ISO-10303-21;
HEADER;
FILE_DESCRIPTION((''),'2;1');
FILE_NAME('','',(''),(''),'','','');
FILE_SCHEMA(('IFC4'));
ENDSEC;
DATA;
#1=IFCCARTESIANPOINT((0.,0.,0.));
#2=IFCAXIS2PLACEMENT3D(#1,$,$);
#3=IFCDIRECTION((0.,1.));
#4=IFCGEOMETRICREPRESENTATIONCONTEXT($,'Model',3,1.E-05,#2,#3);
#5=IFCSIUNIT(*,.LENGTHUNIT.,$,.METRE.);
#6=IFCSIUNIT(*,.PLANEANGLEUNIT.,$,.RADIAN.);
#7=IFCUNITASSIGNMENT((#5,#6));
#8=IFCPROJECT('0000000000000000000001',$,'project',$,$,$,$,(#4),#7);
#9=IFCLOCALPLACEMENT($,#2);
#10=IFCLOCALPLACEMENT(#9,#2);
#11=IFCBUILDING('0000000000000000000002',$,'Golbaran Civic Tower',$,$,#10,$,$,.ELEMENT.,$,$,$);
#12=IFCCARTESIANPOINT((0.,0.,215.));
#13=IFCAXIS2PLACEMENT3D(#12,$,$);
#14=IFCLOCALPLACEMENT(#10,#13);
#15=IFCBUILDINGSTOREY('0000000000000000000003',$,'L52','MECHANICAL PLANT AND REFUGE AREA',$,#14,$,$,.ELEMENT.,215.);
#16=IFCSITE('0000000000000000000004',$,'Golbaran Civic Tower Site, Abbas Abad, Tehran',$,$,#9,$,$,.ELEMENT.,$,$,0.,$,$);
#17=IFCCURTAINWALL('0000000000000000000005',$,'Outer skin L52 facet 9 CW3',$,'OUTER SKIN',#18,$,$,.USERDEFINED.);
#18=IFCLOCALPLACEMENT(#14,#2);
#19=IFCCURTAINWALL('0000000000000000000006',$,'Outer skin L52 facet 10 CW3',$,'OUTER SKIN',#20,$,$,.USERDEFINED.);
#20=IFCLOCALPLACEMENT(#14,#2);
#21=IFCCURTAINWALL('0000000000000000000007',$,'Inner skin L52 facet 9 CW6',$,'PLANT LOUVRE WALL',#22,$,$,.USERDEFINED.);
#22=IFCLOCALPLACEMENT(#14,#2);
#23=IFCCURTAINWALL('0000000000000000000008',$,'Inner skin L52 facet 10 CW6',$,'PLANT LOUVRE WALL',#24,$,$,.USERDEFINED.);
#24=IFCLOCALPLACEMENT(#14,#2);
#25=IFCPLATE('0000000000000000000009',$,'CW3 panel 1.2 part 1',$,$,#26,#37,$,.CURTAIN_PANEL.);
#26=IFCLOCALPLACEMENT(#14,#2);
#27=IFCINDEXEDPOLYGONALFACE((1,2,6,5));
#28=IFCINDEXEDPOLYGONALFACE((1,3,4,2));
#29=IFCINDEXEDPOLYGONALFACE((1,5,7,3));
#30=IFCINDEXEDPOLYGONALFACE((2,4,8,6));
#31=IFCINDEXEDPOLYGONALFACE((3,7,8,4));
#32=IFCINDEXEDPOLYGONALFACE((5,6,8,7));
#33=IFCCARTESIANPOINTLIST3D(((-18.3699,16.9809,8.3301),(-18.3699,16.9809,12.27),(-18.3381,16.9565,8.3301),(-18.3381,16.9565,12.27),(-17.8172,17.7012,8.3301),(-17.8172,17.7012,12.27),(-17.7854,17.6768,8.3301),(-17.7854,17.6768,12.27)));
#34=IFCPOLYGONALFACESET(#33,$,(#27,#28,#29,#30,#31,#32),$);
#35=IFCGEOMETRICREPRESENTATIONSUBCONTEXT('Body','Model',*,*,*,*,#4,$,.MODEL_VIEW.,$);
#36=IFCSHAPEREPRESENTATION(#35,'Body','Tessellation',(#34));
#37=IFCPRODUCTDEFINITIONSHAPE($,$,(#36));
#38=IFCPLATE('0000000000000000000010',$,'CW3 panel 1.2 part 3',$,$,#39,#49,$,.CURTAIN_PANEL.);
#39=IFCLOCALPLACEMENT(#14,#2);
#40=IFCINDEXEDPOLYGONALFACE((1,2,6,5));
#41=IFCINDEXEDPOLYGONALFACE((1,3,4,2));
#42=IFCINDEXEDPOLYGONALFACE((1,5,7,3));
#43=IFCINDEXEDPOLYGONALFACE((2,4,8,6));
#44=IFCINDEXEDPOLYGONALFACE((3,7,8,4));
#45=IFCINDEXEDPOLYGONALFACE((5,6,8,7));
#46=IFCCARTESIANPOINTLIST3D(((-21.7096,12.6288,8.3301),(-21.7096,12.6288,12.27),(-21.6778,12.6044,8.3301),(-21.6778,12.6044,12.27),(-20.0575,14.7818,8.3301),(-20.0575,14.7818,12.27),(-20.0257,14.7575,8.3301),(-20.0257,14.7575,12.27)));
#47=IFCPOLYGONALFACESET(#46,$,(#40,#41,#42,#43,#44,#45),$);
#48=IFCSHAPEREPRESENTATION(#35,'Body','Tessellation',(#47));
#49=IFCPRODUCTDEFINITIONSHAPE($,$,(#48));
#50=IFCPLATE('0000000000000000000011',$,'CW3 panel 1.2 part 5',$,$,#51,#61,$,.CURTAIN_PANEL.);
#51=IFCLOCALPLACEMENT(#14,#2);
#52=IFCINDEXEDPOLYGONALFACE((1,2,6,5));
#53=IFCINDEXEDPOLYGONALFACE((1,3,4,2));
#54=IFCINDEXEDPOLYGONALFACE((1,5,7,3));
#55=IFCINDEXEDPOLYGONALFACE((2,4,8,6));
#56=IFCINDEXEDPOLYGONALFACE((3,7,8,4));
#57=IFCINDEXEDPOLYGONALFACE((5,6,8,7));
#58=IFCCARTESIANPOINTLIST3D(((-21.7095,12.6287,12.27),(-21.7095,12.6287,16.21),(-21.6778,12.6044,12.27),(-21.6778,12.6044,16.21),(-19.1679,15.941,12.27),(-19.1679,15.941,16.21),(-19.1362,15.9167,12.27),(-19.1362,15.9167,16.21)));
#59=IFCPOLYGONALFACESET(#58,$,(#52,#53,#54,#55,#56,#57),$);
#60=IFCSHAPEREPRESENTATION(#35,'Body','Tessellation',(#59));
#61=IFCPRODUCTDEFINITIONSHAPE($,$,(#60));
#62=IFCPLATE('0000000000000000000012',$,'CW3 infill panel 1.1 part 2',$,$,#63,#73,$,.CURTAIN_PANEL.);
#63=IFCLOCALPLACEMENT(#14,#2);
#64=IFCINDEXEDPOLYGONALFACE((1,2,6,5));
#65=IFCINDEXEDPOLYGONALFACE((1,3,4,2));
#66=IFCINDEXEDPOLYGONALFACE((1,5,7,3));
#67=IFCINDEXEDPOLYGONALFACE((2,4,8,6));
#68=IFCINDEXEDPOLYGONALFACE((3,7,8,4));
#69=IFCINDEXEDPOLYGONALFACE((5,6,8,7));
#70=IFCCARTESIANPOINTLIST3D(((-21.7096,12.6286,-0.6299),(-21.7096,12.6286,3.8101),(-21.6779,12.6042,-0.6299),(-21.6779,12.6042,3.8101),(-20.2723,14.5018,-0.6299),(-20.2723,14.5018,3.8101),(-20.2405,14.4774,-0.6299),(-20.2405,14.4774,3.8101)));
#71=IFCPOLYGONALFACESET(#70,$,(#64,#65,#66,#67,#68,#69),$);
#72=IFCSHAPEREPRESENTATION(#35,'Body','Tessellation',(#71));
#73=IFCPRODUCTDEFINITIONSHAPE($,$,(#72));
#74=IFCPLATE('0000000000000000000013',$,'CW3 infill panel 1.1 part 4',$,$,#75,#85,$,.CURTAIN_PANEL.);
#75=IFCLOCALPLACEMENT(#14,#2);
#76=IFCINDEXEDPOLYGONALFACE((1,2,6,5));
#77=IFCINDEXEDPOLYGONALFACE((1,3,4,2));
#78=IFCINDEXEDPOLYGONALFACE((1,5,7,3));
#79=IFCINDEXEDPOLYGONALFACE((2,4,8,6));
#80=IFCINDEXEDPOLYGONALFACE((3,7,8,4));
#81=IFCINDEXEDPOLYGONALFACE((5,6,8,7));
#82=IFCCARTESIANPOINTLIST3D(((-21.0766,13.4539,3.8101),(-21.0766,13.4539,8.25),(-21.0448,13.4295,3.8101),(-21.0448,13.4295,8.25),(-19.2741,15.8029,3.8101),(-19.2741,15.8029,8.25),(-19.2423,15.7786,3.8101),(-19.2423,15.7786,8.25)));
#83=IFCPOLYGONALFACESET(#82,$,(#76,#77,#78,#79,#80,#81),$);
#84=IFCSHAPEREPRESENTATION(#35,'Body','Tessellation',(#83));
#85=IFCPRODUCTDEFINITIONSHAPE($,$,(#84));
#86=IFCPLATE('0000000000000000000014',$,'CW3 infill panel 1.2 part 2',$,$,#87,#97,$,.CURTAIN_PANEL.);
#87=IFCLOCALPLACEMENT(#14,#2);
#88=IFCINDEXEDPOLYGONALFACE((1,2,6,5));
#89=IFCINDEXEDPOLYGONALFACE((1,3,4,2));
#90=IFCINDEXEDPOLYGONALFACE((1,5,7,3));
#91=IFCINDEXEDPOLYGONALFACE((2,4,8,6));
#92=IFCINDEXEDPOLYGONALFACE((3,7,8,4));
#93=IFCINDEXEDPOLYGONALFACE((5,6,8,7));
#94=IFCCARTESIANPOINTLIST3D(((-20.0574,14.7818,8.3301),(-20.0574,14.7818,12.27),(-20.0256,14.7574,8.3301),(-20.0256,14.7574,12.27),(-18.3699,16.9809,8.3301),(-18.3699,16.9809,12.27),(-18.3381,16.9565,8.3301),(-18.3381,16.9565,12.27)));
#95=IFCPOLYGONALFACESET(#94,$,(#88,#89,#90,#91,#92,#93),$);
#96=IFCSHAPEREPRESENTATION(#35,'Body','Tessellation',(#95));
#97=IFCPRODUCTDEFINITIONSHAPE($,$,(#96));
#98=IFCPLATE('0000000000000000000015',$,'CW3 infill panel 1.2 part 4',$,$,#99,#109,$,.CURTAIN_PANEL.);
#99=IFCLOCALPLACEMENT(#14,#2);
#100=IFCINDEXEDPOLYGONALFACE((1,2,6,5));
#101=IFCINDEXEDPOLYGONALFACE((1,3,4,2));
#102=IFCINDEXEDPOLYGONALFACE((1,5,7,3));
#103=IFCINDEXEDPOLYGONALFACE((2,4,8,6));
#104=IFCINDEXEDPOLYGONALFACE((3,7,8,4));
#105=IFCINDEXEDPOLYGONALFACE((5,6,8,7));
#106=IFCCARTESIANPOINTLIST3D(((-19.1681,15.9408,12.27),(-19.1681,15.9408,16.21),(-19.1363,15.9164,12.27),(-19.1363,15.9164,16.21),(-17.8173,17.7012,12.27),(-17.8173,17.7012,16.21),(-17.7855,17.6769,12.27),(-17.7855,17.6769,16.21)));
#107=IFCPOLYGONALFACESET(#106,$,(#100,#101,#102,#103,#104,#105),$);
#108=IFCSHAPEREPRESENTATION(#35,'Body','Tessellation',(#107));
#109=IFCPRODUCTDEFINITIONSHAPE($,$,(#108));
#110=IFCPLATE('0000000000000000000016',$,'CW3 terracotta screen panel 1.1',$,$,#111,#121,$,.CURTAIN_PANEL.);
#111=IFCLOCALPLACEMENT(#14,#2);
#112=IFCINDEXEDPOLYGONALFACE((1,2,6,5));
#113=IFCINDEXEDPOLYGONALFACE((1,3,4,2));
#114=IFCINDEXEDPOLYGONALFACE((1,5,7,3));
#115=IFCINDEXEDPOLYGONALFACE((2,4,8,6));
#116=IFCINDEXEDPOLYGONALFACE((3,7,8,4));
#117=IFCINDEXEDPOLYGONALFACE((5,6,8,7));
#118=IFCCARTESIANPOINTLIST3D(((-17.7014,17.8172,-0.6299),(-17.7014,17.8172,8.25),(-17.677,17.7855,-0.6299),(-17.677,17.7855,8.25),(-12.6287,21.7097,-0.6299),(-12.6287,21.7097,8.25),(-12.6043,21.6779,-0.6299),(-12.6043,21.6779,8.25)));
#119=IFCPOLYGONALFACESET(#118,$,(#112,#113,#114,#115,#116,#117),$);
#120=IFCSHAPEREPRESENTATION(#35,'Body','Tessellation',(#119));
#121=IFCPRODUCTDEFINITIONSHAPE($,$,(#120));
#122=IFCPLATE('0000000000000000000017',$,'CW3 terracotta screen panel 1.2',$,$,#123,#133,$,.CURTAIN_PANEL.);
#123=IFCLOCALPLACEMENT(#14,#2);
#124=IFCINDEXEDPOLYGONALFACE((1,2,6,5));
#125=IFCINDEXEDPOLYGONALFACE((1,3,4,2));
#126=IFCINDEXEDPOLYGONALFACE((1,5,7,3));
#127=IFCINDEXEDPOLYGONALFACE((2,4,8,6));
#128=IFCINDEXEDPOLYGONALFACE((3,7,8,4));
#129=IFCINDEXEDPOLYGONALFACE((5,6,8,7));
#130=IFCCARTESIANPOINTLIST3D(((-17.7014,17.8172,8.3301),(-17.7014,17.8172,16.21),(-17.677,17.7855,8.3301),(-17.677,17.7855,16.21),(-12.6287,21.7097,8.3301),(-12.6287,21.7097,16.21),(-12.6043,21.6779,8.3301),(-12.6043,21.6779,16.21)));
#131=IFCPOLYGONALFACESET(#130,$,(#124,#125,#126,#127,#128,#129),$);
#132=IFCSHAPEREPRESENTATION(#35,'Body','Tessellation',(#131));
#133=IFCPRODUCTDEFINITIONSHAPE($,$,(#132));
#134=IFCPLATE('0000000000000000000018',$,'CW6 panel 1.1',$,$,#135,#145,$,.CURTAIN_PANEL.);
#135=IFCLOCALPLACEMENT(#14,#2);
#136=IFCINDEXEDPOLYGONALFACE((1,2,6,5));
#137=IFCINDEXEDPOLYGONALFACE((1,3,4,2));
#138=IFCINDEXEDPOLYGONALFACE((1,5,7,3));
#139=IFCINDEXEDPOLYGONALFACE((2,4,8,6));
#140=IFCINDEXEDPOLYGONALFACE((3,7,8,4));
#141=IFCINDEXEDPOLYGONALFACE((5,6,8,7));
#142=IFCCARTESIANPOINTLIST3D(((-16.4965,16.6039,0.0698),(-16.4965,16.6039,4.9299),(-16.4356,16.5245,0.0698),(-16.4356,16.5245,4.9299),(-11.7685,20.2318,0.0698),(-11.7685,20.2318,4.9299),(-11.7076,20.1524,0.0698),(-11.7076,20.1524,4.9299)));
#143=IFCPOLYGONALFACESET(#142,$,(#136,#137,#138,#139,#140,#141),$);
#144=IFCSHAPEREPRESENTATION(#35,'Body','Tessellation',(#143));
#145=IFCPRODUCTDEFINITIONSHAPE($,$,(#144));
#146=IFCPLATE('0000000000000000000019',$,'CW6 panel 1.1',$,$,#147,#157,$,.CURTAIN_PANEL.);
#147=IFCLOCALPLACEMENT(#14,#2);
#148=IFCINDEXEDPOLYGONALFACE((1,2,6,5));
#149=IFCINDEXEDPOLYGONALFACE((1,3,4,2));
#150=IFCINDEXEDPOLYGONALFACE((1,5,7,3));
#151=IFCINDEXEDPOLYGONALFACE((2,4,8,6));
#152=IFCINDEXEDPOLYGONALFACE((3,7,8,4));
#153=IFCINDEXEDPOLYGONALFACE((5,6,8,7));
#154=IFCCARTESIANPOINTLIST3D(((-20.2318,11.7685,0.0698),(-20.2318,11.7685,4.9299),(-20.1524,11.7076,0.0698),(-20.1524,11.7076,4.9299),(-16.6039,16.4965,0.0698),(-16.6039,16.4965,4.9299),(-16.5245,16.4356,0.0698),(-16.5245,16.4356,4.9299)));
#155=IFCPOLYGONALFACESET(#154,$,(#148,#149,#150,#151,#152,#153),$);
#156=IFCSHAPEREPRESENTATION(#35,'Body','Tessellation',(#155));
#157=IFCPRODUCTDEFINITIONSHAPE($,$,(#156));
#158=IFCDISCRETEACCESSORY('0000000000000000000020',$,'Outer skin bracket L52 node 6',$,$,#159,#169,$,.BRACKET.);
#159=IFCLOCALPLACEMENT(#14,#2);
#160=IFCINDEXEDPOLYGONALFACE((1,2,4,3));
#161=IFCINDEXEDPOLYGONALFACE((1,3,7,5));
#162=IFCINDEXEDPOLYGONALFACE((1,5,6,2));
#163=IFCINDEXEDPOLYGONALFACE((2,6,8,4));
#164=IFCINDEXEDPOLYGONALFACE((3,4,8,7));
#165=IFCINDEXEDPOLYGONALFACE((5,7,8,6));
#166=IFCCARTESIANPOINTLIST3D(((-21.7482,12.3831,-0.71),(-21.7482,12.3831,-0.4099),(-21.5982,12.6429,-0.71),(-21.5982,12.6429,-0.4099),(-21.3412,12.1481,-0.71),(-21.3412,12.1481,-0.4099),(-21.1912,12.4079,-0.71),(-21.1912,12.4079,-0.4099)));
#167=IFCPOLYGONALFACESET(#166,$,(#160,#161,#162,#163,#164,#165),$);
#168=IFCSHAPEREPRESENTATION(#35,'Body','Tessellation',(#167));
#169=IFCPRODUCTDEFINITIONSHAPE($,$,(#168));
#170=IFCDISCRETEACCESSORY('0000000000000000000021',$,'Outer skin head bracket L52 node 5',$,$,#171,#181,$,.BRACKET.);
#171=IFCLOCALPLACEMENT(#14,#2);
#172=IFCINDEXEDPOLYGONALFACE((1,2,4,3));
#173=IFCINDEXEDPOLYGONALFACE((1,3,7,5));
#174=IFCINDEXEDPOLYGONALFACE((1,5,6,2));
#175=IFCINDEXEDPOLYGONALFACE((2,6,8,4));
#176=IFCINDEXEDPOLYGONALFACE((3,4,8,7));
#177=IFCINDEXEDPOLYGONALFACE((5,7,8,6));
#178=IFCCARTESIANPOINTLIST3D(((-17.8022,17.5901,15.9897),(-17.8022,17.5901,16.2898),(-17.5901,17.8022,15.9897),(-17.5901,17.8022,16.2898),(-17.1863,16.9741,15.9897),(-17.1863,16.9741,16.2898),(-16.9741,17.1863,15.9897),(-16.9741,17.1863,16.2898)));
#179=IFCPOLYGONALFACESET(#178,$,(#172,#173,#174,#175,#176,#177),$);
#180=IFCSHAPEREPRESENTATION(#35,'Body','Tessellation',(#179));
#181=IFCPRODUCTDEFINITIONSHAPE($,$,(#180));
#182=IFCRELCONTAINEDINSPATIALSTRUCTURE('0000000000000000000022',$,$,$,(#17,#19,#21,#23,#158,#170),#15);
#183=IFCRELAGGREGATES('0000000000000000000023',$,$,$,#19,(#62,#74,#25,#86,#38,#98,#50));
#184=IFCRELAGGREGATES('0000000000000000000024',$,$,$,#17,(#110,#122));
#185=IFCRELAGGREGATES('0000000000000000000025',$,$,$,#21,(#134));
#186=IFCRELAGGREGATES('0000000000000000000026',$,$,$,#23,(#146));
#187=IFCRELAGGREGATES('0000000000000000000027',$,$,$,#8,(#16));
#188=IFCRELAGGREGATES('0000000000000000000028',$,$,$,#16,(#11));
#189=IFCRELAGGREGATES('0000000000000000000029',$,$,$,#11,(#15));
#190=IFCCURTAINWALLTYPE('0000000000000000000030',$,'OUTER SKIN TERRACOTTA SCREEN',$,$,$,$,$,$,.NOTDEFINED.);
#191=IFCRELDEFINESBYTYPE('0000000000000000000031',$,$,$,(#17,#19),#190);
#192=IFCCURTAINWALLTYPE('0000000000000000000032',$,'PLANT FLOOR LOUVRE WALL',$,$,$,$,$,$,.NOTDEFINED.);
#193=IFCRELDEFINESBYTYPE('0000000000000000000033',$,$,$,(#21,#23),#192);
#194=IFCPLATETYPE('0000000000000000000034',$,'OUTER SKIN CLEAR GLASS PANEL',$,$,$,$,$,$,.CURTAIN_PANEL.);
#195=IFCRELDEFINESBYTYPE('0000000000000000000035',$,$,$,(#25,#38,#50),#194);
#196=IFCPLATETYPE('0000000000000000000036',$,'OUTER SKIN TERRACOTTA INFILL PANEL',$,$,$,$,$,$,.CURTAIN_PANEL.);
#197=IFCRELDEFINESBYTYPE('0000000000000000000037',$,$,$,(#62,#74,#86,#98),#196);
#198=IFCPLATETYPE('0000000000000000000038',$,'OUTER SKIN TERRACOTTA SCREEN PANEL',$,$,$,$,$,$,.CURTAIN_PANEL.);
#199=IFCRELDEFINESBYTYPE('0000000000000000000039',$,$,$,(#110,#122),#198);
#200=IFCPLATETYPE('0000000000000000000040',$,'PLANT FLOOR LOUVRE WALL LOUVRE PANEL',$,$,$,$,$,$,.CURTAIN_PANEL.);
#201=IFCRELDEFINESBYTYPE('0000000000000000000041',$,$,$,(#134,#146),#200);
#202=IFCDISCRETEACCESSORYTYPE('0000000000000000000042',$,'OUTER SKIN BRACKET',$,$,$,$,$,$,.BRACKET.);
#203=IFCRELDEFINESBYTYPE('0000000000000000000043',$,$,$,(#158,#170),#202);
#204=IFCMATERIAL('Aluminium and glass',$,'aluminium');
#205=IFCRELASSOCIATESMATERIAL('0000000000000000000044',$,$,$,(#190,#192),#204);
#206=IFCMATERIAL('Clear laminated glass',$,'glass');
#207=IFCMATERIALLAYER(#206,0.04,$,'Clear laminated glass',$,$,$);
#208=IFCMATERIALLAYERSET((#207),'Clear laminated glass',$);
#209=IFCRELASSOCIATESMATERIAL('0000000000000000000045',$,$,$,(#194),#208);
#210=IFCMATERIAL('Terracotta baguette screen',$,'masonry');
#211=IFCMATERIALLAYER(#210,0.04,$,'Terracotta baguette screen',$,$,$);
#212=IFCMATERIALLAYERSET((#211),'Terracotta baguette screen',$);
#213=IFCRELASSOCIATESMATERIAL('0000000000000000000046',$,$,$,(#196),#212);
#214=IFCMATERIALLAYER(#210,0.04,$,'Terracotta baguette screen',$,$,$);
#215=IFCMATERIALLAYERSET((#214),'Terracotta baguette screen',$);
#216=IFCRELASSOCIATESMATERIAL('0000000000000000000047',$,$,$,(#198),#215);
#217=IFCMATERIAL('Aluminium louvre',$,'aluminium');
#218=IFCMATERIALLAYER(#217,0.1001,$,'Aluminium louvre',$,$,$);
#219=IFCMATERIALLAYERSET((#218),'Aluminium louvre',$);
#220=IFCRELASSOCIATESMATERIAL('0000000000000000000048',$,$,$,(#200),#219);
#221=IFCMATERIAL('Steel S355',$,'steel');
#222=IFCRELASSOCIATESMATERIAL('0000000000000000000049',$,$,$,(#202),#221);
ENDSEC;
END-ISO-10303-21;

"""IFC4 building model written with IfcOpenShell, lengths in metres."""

from ifc_helpers import new_model, si_unit, direction, frame, origin, origin_2d, place, context, subcontext, project, spatial, rectangle, extrude, material, layer, layer_set, type_object, element, aggregate, save


model = new_model("IFC4")

# Units and contexts
model_context = context("Model", 3, precision=1e-05, world=origin(), true_north=direction((0.0, 1.0)))
body_context = subcontext(model_context, "Body", "Model", "MODEL_VIEW")
ifc_project = project(units=[si_unit("LENGTHUNIT", "METRE"), si_unit("PLANEANGLEUNIT", "RADIAN")], contexts=[model_context])

# Site, building, storey
site_placement = place(None, origin())
site = spatial("IfcSite", under=ifc_project, at=site_placement, Name="Golbaran Civic Tower Site, Abbas Abad, Tehran", CompositionType="ELEMENT", RefElevation=0.0)
building_placement = place(site_placement, origin())
building = spatial("IfcBuilding", under=site, at=building_placement, Name="Golbaran Civic Tower", CompositionType="ELEMENT")
storey_placement = place(building_placement, frame((0.0, 0.0, 215.0)))
storey = spatial("IfcBuildingStorey", under=building, at=storey_placement, Name="L52", Description="MECHANICAL PLANT AND REFUGE AREA", CompositionType="ELEMENT", Elevation=215.0)

# Shared definitions
ifc_material_1 = material(Name="Steel S355", Category="steel")

# Curtain walls
ifc_material_2 = material(Name="Aluminium and glass", Category="aluminium")
curtain_wall_type_1 = type_object("IfcCurtainWallType", Name="OUTER SKIN TERRACOTTA SCREEN", PredefinedType="NOTDEFINED", material=ifc_material_2)
curtain_wall_1_placement = place(storey_placement, origin())
curtain_wall_1 = element("IfcCurtainWall", 1, at=curtain_wall_1_placement, inside=storey, type_object=curtain_wall_type_1, Name="Outer skin L52 facet 9 CW3", ObjectType="OUTER SKIN", PredefinedType="USERDEFINED")
curtain_wall_2_placement = place(storey_placement, origin())
curtain_wall_2 = element("IfcCurtainWall", 2, at=curtain_wall_2_placement, inside=storey, type_object=curtain_wall_type_1, Name="Outer skin L52 facet 10 CW3", ObjectType="OUTER SKIN", PredefinedType="USERDEFINED")

# Curtain wall
curtain_wall_type_2 = type_object("IfcCurtainWallType", Name="PLANT FLOOR LOUVRE WALL", PredefinedType="NOTDEFINED", material=ifc_material_2)
curtain_wall_3_placement = place(storey_placement, origin())
curtain_wall_3 = element("IfcCurtainWall", 3, at=curtain_wall_3_placement, inside=storey, type_object=curtain_wall_type_2, Name="Inner skin L52 facet 9 CW6", ObjectType="PLANT LOUVRE WALL", PredefinedType="USERDEFINED")

# Curtain wall
curtain_wall_4_placement = place(storey_placement, origin())
curtain_wall_4 = element("IfcCurtainWall", 4, at=curtain_wall_4_placement, inside=storey, type_object=curtain_wall_type_2, Name="Inner skin L52 facet 10 CW6", ObjectType="PLANT LOUVRE WALL", PredefinedType="USERDEFINED")

# Plates
ifc_material_3 = material(Name="Clear laminated glass", Category="glass")
ifc_layer_1 = layer(ifc_material_3, 0.04, Name="Clear laminated glass")
ifc_layer_set_1 = layer_set([ifc_layer_1], Name="Clear laminated glass")
plate_type_1 = type_object("IfcPlateType", Name="OUTER SKIN CLEAR GLASS PANEL", PredefinedType="CURTAIN_PANEL", material=ifc_layer_set_1)
plate_1_placement = place(storey_placement, frame((-18.0776, 17.3289, 8.3301), z_axis=(0.0, 0.0, 1.0), x_axis=(-0.608761, -0.793353, 0.0)))
plate_1 = element("IfcPlate", 5, at=plate_1_placement, type_object=plate_type_1, Name="CW3 panel 1.2 part 1", PredefinedType="CURTAIN_PANEL", context=body_context, shape_type="SweptSolid", body=[
    extrude(rectangle(XDim=0.908, YDim=0.04, at=origin_2d()), origin(), (0.0, 0.0, 1.0), 3.9399),
])
plate_2_placement = place(storey_placement, frame((-20.8677, 13.6931, 8.3301), z_axis=(0.0, 0.0, 1.0), x_axis=(-0.608761, -0.793353, 0.0)))
plate_2 = element("IfcPlate", 6, at=plate_2_placement, type_object=plate_type_1, Name="CW3 panel 1.2 part 3", PredefinedType="CURTAIN_PANEL", context=body_context, shape_type="SweptSolid", body=[
    extrude(rectangle(XDim=2.7139, YDim=0.04, at=origin_2d()), origin(), (0.0, 0.0, 1.0), 3.9399),
])
plate_3_placement = place(storey_placement, frame((-20.4229, 14.2727, 12.27), z_axis=(0.0, 0.0, 1.0), x_axis=(-0.608761, -0.793353, 0.0)))
plate_3 = element("IfcPlate", 7, at=plate_3_placement, type_object=plate_type_1, Name="CW3 panel 1.2 part 5", PredefinedType="CURTAIN_PANEL", context=body_context, shape_type="SweptSolid", body=[
    extrude(rectangle(XDim=4.175, YDim=0.04, at=origin_2d()), origin(), (0.0, 0.0, 1.0), 3.9399),
])
ifc_material_4 = material(Name="Terracotta baguette screen", Category="masonry")
ifc_layer_2 = layer(ifc_material_4, 0.04, Name="Terracotta baguette screen")
ifc_layer_set_2 = layer_set([ifc_layer_2], Name="Terracotta baguette screen")
plate_type_2 = type_object("IfcPlateType", Name="OUTER SKIN TERRACOTTA INFILL PANEL", PredefinedType="CURTAIN_PANEL", material=ifc_layer_set_2)
plate_4_placement = place(storey_placement, frame((-20.9751, 13.553, -0.6299), z_axis=(0.0, 0.0, 1.0), x_axis=(-0.608761, -0.793353, 0.0)))
plate_4 = element("IfcPlate", 8, at=plate_4_placement, type_object=plate_type_2, Name="CW3 infill panel 1.1 part 2", PredefinedType="CURTAIN_PANEL", context=body_context, shape_type="SweptSolid", body=[
    extrude(rectangle(XDim=2.3611, YDim=0.04, at=origin_2d()), origin(), (0.0, 0.0, 1.0), 4.4399),
])
plate_5_placement = place(storey_placement, frame((-20.1594, 14.6162, 3.8101), z_axis=(0.0, 0.0, 1.0), x_axis=(-0.608761, -0.793353, 0.0)))
plate_5 = element("IfcPlate", 9, at=plate_5_placement, type_object=plate_type_2, Name="CW3 infill panel 1.1 part 4", PredefinedType="CURTAIN_PANEL", context=body_context, shape_type="SweptSolid", body=[
    extrude(rectangle(XDim=2.9609, YDim=0.04, at=origin_2d()), origin(), (0.0, 0.0, 1.0), 4.4399),
])
plate_6_placement = place(storey_placement, frame((-19.1978, 15.8691, 8.3301), z_axis=(0.0, 0.0, 1.0), x_axis=(-0.608761, -0.793353, 0.0)))
plate_6 = element("IfcPlate", 10, at=plate_6_placement, type_object=plate_type_2, Name="CW3 infill panel 1.2 part 2", PredefinedType="CURTAIN_PANEL", context=body_context, shape_type="SweptSolid", body=[
    extrude(rectangle(XDim=2.772, YDim=0.04, at=origin_2d()), origin(), (0.0, 0.0, 1.0), 3.9399),
])
plate_7_placement = place(storey_placement, frame((-18.4768, 16.8088, 12.27), z_axis=(0.0, 0.0, 1.0), x_axis=(-0.608761, -0.793353, 0.0)))
plate_7 = element("IfcPlate", 11, at=plate_7_placement, type_object=plate_type_2, Name="CW3 infill panel 1.2 part 4", PredefinedType="CURTAIN_PANEL", context=body_context, shape_type="SweptSolid", body=[
    extrude(rectangle(XDim=2.219, YDim=0.04, at=origin_2d()), origin(), (0.0, 0.0, 1.0), 3.9399),
])
aggregate(curtain_wall_2, [plate_4, plate_5, plate_1, plate_6, plate_2, plate_7, plate_3])
ifc_layer_3 = layer(ifc_material_4, 0.04, Name="Terracotta baguette screen")
ifc_layer_set_3 = layer_set([ifc_layer_3], Name="Terracotta baguette screen")
plate_type_3 = type_object("IfcPlateType", Name="OUTER SKIN TERRACOTTA SCREEN PANEL", PredefinedType="CURTAIN_PANEL", material=ifc_layer_set_3)
plate_8_placement = place(storey_placement, frame((-15.1528, 19.7476, -0.6299), z_axis=(0.0, 0.0, 1.0), x_axis=(-0.793353, -0.608761, 0.0)))
plate_8 = element("IfcPlate", 12, at=plate_8_placement, type_object=plate_type_3, Name="CW3 terracotta screen panel 1.1", PredefinedType="CURTAIN_PANEL", context=body_context, shape_type="SweptSolid", body=[
    extrude(rectangle(XDim=6.394, YDim=0.04, at=origin_2d()), origin(), (0.0, 0.0, 1.0), 8.8799),
])
plate_9_placement = place(storey_placement, frame((-15.1528, 19.7476, 8.3301), z_axis=(0.0, 0.0, 1.0), x_axis=(-0.793353, -0.608761, 0.0)))
plate_9 = element("IfcPlate", 13, at=plate_9_placement, type_object=plate_type_3, Name="CW3 terracotta screen panel 1.2", PredefinedType="CURTAIN_PANEL", context=body_context, shape_type="SweptSolid", body=[
    extrude(rectangle(XDim=6.394, YDim=0.04, at=origin_2d()), origin(), (0.0, 0.0, 1.0), 7.8799),
])
aggregate(curtain_wall_1, [plate_8, plate_9])
ifc_material_5 = material(Name="Aluminium louvre", Category="aluminium")
ifc_layer_4 = layer(ifc_material_5, 0.1001, Name="Aluminium louvre")
ifc_layer_set_4 = layer_set([ifc_layer_4], Name="Aluminium louvre")
plate_type_4 = type_object("IfcPlateType", Name="PLANT FLOOR LOUVRE WALL LOUVRE PANEL", PredefinedType="CURTAIN_PANEL", material=ifc_layer_set_4)
plate_10_placement = place(storey_placement, frame((-14.1021, 18.3782, 0.0698), z_axis=(0.0, 0.0, 1.0), x_axis=(-0.793353, -0.608761, 0.0)))
plate_10 = element("IfcPlate", 14, at=plate_10_placement, type_object=plate_type_4, Name="CW6 panel 1.1", PredefinedType="CURTAIN_PANEL", context=body_context, shape_type="SweptSolid", body=[
    extrude(rectangle(XDim=5.9595, YDim=0.1001, at=origin_2d()), origin(), (0.0, 0.0, 1.0), 4.8601),
])
aggregate(curtain_wall_3, [plate_10])
plate_11_placement = place(storey_placement, frame((-18.3782, 14.1021, 0.0698), z_axis=(0.0, 0.0, 1.0), x_axis=(-0.608761, -0.793353, 0.0)))
plate_11 = element("IfcPlate", 15, at=plate_11_placement, type_object=plate_type_4, Name="CW6 panel 1.1", PredefinedType="CURTAIN_PANEL", context=body_context, shape_type="SweptSolid", body=[
    extrude(rectangle(XDim=5.9595, YDim=0.1001, at=origin_2d()), origin(), (0.0, 0.0, 1.0), 4.8601),
])
aggregate(curtain_wall_4, [plate_11])

# Discrete accessories
discrete_accessory_type = type_object("IfcDiscreteAccessoryType", Name="OUTER SKIN BRACKET", PredefinedType="BRACKET", material=ifc_material_1)
discrete_accessory_1_placement = place(storey_placement, frame((-21.4697, 12.3955, -0.71), z_axis=(0.0, 0.0, 1.0), x_axis=(-0.866025, 0.5, 0.0)))
element("IfcDiscreteAccessory", 16, at=discrete_accessory_1_placement, inside=storey, type_object=discrete_accessory_type, Name="Outer skin bracket L52 node 6", PredefinedType="BRACKET", context=body_context, shape_type="SweptSolid", body=[
    extrude(rectangle(XDim=0.47, YDim=0.3, at=origin_2d()), origin(), (0.0, 0.0, 1.0), 0.3),
])
discrete_accessory_2_placement = place(storey_placement, frame((-17.3882, 17.3882, 15.9897), z_axis=(0.0, 0.0, 1.0), x_axis=(-0.707107, 0.707107, 0.0)))
element("IfcDiscreteAccessory", 17, at=discrete_accessory_2_placement, inside=storey, type_object=discrete_accessory_type, Name="Outer skin head bracket L52 node 5", PredefinedType="BRACKET", context=body_context, shape_type="SweptSolid", body=[
    extrude(rectangle(XDim=0.8711, YDim=0.3, at=origin_2d()), origin(), (0.0, 0.0, 1.0), 0.3),
])

save(model, "model.ifc")
